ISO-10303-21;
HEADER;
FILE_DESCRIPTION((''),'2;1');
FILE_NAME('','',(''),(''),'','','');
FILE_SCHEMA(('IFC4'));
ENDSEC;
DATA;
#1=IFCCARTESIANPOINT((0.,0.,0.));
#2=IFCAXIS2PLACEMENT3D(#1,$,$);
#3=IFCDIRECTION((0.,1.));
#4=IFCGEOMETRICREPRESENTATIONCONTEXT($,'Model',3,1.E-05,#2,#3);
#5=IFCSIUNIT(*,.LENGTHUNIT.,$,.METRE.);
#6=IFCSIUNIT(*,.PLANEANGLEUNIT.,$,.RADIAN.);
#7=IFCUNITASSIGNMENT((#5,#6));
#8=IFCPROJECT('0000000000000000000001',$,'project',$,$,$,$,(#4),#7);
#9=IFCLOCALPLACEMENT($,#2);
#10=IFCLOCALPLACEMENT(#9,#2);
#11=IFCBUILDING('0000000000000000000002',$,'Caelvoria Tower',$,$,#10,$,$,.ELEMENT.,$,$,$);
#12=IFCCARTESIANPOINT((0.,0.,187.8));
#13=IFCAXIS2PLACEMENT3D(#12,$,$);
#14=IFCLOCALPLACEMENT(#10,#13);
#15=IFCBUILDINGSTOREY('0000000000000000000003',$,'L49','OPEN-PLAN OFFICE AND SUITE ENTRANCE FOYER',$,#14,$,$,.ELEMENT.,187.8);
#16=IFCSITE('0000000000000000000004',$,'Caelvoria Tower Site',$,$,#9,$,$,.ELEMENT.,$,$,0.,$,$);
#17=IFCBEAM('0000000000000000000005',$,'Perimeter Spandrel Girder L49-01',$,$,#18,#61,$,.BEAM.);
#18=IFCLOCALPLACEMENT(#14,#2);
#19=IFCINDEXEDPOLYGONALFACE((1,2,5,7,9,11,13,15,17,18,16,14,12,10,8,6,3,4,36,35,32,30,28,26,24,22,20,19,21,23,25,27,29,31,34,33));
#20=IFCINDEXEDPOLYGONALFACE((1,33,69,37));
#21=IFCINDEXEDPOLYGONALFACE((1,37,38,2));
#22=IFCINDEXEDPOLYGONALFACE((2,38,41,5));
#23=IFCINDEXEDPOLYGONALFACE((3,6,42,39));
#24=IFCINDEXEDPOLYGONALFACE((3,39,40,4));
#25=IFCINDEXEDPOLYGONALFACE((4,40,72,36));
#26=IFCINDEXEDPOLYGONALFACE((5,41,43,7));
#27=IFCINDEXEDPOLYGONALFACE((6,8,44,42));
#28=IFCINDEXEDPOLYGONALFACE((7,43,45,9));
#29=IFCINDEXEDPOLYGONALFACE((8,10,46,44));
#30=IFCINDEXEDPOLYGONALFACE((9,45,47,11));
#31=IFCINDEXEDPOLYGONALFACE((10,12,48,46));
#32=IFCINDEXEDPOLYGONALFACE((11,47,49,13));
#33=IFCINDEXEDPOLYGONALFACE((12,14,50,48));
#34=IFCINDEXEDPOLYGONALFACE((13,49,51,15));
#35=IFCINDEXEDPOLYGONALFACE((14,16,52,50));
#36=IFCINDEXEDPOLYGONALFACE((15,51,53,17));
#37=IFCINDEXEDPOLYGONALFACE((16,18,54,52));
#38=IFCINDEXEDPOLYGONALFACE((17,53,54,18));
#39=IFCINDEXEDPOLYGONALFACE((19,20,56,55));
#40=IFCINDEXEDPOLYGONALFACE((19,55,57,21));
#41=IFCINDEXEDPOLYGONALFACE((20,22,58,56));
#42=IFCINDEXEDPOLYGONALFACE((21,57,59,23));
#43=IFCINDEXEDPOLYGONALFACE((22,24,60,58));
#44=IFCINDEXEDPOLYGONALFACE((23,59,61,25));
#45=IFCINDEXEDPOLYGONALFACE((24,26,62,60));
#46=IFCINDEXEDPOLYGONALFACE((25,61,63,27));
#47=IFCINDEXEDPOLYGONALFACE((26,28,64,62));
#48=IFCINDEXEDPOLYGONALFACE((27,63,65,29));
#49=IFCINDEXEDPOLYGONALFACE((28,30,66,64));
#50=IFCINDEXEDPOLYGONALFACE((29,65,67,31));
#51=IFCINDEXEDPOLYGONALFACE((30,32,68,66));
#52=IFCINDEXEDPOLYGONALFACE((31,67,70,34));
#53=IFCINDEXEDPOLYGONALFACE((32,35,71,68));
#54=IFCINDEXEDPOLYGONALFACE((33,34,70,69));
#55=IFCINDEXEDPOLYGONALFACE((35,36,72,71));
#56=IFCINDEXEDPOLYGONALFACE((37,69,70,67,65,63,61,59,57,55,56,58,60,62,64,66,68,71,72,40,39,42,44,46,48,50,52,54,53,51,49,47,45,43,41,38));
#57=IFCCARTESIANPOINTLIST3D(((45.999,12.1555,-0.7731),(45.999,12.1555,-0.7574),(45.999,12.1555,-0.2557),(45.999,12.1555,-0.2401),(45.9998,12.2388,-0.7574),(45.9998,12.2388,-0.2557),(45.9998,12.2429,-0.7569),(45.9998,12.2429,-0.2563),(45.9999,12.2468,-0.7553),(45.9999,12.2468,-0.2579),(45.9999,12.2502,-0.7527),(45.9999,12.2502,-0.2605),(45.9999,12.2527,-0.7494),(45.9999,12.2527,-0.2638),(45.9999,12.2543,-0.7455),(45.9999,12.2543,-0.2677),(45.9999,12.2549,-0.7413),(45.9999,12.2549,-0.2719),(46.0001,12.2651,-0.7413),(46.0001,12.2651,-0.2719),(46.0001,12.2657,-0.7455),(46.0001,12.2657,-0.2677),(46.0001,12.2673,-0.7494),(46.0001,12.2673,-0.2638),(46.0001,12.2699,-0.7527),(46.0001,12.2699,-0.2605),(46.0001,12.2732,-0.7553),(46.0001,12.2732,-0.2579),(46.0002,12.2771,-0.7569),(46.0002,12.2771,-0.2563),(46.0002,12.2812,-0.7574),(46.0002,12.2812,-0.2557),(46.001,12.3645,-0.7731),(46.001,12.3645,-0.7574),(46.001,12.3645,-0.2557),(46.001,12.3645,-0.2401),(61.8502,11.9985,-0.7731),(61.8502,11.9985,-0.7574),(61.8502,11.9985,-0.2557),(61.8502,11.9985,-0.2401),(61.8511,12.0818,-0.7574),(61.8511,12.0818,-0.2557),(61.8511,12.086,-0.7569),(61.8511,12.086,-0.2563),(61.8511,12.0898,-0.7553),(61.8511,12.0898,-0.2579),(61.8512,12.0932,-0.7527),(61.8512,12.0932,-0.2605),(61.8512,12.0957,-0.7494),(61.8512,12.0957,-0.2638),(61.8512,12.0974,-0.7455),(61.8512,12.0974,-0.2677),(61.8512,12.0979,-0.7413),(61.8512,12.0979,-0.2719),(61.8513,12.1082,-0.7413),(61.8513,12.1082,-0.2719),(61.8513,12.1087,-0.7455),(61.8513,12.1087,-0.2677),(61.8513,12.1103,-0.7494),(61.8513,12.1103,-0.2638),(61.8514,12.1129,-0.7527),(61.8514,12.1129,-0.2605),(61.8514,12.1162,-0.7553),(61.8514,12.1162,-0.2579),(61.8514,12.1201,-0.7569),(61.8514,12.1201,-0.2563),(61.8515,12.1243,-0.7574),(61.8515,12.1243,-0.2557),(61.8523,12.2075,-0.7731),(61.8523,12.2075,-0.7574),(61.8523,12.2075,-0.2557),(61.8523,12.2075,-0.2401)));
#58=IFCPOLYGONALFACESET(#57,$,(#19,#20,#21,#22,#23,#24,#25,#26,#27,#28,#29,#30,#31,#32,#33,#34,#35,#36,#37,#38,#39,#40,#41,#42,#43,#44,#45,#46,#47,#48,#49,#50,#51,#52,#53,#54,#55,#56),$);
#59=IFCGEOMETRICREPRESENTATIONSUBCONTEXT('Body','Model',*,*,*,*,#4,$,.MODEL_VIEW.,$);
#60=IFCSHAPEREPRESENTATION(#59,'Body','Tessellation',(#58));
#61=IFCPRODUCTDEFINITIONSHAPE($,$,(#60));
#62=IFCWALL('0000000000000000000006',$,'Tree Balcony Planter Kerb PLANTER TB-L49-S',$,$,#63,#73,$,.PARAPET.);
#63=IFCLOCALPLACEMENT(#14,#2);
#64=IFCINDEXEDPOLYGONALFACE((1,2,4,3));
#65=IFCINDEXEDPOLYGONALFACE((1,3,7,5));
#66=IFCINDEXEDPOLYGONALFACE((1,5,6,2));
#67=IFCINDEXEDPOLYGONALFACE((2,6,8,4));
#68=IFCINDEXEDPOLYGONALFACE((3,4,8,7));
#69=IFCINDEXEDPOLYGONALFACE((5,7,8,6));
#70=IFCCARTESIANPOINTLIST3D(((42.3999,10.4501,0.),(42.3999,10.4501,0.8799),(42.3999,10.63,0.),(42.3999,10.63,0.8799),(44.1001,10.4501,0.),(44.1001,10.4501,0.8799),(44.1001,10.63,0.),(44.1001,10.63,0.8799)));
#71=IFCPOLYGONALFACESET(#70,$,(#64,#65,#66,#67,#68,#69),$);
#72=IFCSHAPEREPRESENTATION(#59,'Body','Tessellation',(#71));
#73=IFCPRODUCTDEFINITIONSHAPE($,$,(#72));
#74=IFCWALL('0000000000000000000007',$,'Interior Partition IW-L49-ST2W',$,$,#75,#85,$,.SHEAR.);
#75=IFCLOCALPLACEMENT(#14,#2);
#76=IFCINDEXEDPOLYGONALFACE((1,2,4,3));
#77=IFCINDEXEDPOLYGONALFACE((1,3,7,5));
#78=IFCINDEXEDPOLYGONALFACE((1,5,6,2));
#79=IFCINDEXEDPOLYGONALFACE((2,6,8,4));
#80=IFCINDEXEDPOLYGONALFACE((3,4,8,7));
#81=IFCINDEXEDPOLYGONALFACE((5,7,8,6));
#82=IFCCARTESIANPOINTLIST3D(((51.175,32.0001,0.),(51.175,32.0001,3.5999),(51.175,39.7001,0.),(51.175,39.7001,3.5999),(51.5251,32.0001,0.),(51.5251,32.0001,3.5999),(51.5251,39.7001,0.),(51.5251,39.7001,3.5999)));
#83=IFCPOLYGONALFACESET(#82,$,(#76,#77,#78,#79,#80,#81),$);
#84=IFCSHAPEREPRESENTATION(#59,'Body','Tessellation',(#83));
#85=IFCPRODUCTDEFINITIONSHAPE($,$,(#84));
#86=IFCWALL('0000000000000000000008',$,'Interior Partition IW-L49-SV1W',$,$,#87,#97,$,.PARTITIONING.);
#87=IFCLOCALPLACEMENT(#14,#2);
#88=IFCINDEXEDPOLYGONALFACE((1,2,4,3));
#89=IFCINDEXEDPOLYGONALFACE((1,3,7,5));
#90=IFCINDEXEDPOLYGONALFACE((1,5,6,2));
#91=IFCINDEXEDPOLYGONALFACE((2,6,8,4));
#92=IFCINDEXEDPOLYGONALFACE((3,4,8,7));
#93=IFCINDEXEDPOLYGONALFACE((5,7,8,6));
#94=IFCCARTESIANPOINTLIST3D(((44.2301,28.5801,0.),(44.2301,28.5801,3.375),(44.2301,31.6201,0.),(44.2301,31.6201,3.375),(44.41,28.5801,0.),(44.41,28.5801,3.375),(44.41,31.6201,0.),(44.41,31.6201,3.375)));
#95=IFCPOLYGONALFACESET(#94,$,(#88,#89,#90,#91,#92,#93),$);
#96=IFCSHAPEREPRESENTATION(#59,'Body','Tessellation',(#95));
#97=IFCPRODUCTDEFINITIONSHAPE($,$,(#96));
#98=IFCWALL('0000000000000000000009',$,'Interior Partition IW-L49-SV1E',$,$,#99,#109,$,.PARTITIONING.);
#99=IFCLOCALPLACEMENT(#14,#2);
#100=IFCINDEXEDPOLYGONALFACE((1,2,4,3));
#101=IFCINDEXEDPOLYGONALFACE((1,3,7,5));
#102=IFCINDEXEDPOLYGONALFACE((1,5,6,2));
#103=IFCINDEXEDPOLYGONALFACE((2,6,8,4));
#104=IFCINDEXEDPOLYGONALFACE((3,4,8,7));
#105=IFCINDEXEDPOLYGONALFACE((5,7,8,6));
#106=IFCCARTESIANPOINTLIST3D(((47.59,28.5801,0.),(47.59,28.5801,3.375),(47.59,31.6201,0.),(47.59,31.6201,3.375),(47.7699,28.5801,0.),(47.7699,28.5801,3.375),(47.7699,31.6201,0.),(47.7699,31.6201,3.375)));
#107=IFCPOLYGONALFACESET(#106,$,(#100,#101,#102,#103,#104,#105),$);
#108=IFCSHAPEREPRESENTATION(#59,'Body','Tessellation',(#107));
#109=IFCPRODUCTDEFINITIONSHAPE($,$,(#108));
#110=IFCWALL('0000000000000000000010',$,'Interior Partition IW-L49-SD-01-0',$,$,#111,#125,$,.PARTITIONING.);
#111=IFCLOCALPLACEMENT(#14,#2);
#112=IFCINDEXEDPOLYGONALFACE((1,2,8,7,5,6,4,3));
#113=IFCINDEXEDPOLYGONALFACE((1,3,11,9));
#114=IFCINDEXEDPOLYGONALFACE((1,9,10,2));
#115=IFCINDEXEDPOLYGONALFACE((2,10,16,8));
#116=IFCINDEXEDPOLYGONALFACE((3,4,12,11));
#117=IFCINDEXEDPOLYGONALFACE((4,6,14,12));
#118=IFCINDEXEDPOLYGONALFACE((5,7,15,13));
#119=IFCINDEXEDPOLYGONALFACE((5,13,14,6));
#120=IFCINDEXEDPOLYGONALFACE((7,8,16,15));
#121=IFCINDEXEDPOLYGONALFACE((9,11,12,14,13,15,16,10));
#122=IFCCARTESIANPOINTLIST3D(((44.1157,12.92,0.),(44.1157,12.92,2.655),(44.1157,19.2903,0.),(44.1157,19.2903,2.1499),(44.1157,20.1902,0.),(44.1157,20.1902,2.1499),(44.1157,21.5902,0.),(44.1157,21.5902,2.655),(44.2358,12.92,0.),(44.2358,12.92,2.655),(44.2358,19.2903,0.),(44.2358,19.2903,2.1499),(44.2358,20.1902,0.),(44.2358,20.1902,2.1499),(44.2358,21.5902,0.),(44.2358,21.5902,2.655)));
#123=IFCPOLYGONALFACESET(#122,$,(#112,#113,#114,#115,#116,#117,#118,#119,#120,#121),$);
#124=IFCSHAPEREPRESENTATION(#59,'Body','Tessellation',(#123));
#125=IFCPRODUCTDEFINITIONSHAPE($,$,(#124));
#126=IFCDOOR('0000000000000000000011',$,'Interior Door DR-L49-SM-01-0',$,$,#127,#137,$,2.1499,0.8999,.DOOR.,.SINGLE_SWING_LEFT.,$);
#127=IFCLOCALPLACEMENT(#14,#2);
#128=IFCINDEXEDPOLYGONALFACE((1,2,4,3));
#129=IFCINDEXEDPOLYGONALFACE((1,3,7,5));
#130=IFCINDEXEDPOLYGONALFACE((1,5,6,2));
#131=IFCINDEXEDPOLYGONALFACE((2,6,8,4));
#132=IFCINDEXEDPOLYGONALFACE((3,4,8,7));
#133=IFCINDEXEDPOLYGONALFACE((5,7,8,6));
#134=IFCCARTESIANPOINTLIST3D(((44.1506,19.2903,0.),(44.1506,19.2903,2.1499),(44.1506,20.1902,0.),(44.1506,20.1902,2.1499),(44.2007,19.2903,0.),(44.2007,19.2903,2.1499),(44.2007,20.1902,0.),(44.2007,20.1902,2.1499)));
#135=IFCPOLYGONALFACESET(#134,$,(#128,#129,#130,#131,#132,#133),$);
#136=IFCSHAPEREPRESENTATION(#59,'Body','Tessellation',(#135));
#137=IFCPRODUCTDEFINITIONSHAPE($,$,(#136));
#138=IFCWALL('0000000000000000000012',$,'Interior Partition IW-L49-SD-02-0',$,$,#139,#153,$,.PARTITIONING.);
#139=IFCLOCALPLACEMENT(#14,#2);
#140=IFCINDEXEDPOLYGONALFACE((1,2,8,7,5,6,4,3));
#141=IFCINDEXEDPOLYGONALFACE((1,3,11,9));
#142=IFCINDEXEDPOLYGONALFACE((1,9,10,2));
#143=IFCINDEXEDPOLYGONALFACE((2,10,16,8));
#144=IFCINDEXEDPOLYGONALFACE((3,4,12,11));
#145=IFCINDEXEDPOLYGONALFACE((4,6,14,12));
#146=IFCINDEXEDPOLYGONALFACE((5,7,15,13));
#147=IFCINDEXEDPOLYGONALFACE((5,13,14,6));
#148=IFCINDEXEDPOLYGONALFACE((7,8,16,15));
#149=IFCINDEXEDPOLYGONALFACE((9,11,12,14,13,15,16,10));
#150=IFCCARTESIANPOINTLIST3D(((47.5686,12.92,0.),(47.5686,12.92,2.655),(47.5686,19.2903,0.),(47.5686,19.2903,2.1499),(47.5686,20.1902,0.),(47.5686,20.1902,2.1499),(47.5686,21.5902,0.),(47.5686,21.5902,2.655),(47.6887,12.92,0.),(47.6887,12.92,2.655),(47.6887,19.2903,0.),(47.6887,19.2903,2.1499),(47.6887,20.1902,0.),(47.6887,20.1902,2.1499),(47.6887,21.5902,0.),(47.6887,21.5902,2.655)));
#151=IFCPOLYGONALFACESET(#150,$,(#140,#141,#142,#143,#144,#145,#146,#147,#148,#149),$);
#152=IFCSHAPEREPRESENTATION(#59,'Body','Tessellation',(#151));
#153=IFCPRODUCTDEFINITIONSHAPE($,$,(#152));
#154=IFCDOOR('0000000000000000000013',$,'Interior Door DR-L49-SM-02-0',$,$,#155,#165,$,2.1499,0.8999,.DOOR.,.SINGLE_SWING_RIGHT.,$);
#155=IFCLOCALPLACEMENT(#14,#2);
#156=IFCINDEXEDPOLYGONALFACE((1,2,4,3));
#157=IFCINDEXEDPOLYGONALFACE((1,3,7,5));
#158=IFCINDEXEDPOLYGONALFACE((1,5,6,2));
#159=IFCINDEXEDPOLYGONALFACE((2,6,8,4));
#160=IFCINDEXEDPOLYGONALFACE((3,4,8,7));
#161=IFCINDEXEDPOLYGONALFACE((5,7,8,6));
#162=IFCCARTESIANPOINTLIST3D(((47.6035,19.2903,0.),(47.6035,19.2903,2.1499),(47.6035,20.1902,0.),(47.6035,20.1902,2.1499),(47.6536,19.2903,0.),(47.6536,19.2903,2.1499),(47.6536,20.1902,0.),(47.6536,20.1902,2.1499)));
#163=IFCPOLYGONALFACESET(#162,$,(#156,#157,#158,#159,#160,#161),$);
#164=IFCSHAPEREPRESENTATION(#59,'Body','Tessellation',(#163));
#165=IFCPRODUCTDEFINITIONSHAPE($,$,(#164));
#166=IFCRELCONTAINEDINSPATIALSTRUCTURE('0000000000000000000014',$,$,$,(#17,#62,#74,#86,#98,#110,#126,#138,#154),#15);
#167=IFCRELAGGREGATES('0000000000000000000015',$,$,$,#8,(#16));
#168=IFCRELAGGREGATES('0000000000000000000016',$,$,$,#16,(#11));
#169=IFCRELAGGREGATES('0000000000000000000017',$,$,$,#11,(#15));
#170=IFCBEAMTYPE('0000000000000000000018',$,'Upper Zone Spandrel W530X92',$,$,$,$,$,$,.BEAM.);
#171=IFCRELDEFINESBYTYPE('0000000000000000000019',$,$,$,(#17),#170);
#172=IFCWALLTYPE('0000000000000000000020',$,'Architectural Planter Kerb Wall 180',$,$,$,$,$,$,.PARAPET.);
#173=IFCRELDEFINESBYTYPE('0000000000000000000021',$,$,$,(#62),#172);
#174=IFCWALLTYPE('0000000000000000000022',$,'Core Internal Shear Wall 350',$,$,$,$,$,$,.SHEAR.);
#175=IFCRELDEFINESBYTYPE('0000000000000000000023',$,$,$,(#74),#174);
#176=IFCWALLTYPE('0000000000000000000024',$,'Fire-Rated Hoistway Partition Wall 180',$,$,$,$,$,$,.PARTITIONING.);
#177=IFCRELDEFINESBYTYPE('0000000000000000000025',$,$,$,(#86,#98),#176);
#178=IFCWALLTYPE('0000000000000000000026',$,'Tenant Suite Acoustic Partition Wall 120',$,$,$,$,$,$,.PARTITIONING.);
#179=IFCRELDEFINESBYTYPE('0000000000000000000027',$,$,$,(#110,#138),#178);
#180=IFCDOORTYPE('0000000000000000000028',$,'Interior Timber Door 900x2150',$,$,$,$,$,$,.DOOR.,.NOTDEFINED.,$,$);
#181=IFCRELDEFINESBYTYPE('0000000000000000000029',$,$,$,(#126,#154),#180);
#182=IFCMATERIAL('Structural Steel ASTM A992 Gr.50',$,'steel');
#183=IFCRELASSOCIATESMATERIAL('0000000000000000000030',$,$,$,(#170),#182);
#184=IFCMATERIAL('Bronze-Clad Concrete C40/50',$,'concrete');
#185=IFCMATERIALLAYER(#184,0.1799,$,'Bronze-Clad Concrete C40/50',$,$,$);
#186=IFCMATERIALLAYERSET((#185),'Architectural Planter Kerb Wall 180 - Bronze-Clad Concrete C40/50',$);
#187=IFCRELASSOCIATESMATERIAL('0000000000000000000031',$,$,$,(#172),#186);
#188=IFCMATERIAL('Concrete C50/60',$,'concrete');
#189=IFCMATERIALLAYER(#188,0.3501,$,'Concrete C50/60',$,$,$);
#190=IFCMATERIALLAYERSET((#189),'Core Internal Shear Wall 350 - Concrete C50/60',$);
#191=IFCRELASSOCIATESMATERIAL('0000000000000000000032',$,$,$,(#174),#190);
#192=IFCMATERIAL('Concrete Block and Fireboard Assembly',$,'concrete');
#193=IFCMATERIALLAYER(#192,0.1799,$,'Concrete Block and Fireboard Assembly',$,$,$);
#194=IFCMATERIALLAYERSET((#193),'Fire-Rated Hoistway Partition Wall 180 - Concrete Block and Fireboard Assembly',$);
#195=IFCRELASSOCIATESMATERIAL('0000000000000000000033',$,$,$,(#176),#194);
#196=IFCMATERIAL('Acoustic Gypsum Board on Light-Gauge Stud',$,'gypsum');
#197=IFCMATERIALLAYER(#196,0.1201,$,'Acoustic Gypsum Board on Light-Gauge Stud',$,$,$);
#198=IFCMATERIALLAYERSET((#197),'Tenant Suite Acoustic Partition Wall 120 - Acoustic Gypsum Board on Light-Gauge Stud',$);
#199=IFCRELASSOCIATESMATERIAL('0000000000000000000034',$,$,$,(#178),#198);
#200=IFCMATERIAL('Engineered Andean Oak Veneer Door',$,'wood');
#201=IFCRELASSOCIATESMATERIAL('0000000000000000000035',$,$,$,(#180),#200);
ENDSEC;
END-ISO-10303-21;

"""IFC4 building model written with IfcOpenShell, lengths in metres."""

from ifc_helpers import new_model, si_unit, direction, frame, frame_2d, origin, origin_2d, place, context, subcontext, project, spatial, rectangle, i_section, extrude, material, layer, layer_set, material_profile, profile_set, type_object, element, fill, save


model = new_model("IFC4")

# Units and contexts
model_context = context("Model", 3, precision=1e-05, world=origin(), true_north=direction((0.0, 1.0)))
body_context = subcontext(model_context, "Body", "Model", "MODEL_VIEW")
ifc_project = project(units=[si_unit("LENGTHUNIT", "METRE"), si_unit("PLANEANGLEUNIT", "RADIAN")], contexts=[model_context])

# Site, building, storey
site_placement = place(None, origin())
site = spatial("IfcSite", under=ifc_project, at=site_placement, Name="Caelvoria Tower Site", CompositionType="ELEMENT", RefElevation=0.0)
building_placement = place(site_placement, origin())
building = spatial("IfcBuilding", under=site, at=building_placement, Name="Caelvoria Tower", CompositionType="ELEMENT")
storey_placement = place(building_placement, frame((0.0, 0.0, 187.8)))
storey = spatial("IfcBuildingStorey", under=building, at=storey_placement, Name="L49", Description="OPEN-PLAN OFFICE AND SUITE ENTRANCE FOYER", CompositionType="ELEMENT", Elevation=187.8)

# Shared definitions
ifc_material_1 = material(Name="Structural Steel ASTM A992 Gr.50", Category="steel")

# Beam
ifc_material_profile_1 = material_profile(ifc_material_1, i_section(OverallWidth=0.209, OverallDepth=0.533, WebThickness=0.0103, FlangeThickness=0.0156, FilletRadius=0.0161, at=origin_2d()), Name="Structural Steel ASTM A992 Gr.50")
ifc_profile_set_1 = profile_set([ifc_material_profile_1], Name="W530X92 - Structural Steel ASTM A992 Gr.50")
beam_type_1 = type_object("IfcBeamType", Name="Upper Zone Spandrel W530X92", PredefinedType="BEAM", material=ifc_profile_set_1)
beam_1_placement = place(storey_placement, frame((46.0, 12.26, -0.5066), z_axis=(0.999951, -0.009903, 0.0), x_axis=(0.009903, 0.999951, 0.0)))
element("IfcBeam", 1, at=beam_1_placement, inside=storey, type_object=beam_type_1, Name="Perimeter Spandrel Girder L49-01", PredefinedType="BEAM", context=body_context, shape_type="SweptSolid", body=[
    extrude(i_section(OverallWidth=0.209, OverallDepth=0.533, WebThickness=0.0103, FlangeThickness=0.0156, FilletRadius=0.0161, at=origin_2d()), origin(), (0.0, 0.0, 1.0), 15.8521),
])

# Walls
ifc_material_2 = material(Name="Bronze-Clad Concrete C40/50", Category="concrete")
ifc_layer_1 = layer(ifc_material_2, 0.1799, Name="Bronze-Clad Concrete C40/50")
ifc_layer_set_1 = layer_set([ifc_layer_1], Name="Architectural Planter Kerb Wall 180 - Bronze-Clad Concrete C40/50")
wall_type_1 = type_object("IfcWallType", Name="Architectural Planter Kerb Wall 180", PredefinedType="PARAPET", material=ifc_layer_set_1)
wall_1_placement = place(storey_placement, frame((42.3999, 10.54, 0.0), z_axis=(0.0, 0.0, 1.0), x_axis=(1.0, 0.0, 0.0)))
element("IfcWall", 2, at=wall_1_placement, inside=storey, type_object=wall_type_1, Name="Tree Balcony Planter Kerb PLANTER TB-L49-S", PredefinedType="PARAPET", context=body_context, shape_type="SweptSolid", body=[
    extrude(rectangle(XDim=1.7002, YDim=0.1799, at=frame_2d((0.8501, 0.0))), origin(), (0.0, 0.0, 1.0), 0.8799),
])
ifc_material_3 = material(Name="Concrete C50/60", Category="concrete")
ifc_layer_2 = layer(ifc_material_3, 0.3501, Name="Concrete C50/60")
ifc_layer_set_2 = layer_set([ifc_layer_2], Name="Core Internal Shear Wall 350 - Concrete C50/60")
wall_type_2 = type_object("IfcWallType", Name="Core Internal Shear Wall 350", PredefinedType="SHEAR", material=ifc_layer_set_2)
wall_2_placement = place(storey_placement, frame((51.3501, 32.0, 0.0), z_axis=(0.0, 0.0, 1.0), x_axis=(0.0, 1.0, 0.0)))
element("IfcWall", 3, at=wall_2_placement, inside=storey, type_object=wall_type_2, Name="Interior Partition IW-L49-ST2W", PredefinedType="SHEAR", context=body_context, shape_type="SweptSolid", body=[
    extrude(rectangle(XDim=7.7, YDim=0.3501, at=frame_2d((3.8501, 0.0))), origin(), (0.0, 0.0, 1.0), 3.5999),
])

# Walls
ifc_material_4 = material(Name="Concrete Block and Fireboard Assembly", Category="concrete")
ifc_layer_3 = layer(ifc_material_4, 0.1799, Name="Concrete Block and Fireboard Assembly")
ifc_layer_set_3 = layer_set([ifc_layer_3], Name="Fire-Rated Hoistway Partition Wall 180 - Concrete Block and Fireboard Assembly")
wall_type_3 = type_object("IfcWallType", Name="Fire-Rated Hoistway Partition Wall 180", PredefinedType="PARTITIONING", material=ifc_layer_set_3)
for number, where, z_axis, x_axis, name in (
    (4, (44.3201, 28.5801, 0.0), (0.0, 0.0, 1.0), (0.0, 1.0, 0.0), "Interior Partition IW-L49-SV1W"),
    (5, (47.6799, 28.5801, 0.0), (0.0, 0.0, 1.0), (0.0, 1.0, 0.0), "Interior Partition IW-L49-SV1E"),
):
    element("IfcWall", number, at=place(storey_placement, frame(where, z_axis=z_axis, x_axis=x_axis)), inside=storey, type_object=wall_type_3, Name=name, PredefinedType="PARTITIONING", context=body_context, shape_type="SweptSolid", body=[
        extrude(rectangle(XDim=3.04, YDim=0.1799, at=frame_2d((1.52, 0.0))), origin(), (0.0, 0.0, 1.0), 3.375),
    ])

# Walls, openings, doors
ifc_material_5 = material(Name="Acoustic Gypsum Board on Light-Gauge Stud", Category="gypsum")
ifc_layer_4 = layer(ifc_material_5, 0.1201, Name="Acoustic Gypsum Board on Light-Gauge Stud")
ifc_layer_set_4 = layer_set([ifc_layer_4], Name="Tenant Suite Acoustic Partition Wall 120 - Acoustic Gypsum Board on Light-Gauge Stud")
wall_type_4 = type_object("IfcWallType", Name="Tenant Suite Acoustic Partition Wall 120", PredefinedType="PARTITIONING", material=ifc_layer_set_4)
wall_3_placement = place(storey_placement, frame((44.1758, 21.5901, 0.0), z_axis=(0.0, 0.0, 1.0), x_axis=(0.0, -1.0, 0.0)))
wall_3 = element("IfcWall", 6, at=wall_3_placement, inside=storey, type_object=wall_type_4, Name="Interior Partition IW-L49-SD-01-0", PredefinedType="PARTITIONING", context=body_context, shape_type="SweptSolid", body=[
    extrude(rectangle(XDim=8.6702, YDim=0.1201, at=frame_2d((4.335, 0.0))), origin(), (0.0, 0.0, 1.0), 2.655),
])
opening_1_placement = place(wall_3_placement, frame((1.3999, 0.0, 0.0)))
opening_1 = element("IfcOpeningElement", 7, at=opening_1_placement, cuts=wall_3, PredefinedType="OPENING", context=body_context, shape_type="SweptSolid", body=[
    extrude(rectangle(XDim=0.8999, YDim=2.1499, at=frame_2d((0.45, 1.075))), frame((0.0, 0.0701, 0.0), z_axis=(0.0, -1.0, 0.0), x_axis=(1.0, 0.0, 0.0)), (0.0, 0.0, 1.0), 0.1401),
])
ifc_material_6 = material(Name="Engineered Andean Oak Veneer Door", Category="wood")
door_type_1 = type_object("IfcDoorType", Name="Interior Timber Door 900x2150", OperationType="NOTDEFINED", PredefinedType="DOOR", material=ifc_material_6)
door_1_placement = place(opening_1_placement, origin())
door_1 = element("IfcDoor", 8, at=door_1_placement, inside=storey, type_object=door_type_1, Name="Interior Door DR-L49-SM-01-0", OperationType="SINGLE_SWING_LEFT", OverallHeight=2.1499, OverallWidth=0.8999, PredefinedType="DOOR", context=body_context, shape_type="SweptSolid", body=[
    extrude(rectangle(XDim=0.8999, YDim=2.1499, at=frame_2d((0.45, 1.075))), frame((0.0, 0.0249, 0.0), z_axis=(0.0, -1.0, 0.0), x_axis=(1.0, 0.0, 0.0)), (0.0, 0.0, 1.0), 0.05),
])
fill(opening_1, door_1)
wall_4_placement = place(storey_placement, frame((47.6287, 21.5901, 0.0), z_axis=(0.0, 0.0, 1.0), x_axis=(0.0, -1.0, 0.0)))
wall_4 = element("IfcWall", 9, at=wall_4_placement, inside=storey, type_object=wall_type_4, Name="Interior Partition IW-L49-SD-02-0", PredefinedType="PARTITIONING", context=body_context, shape_type="SweptSolid", body=[
    extrude(rectangle(XDim=8.6702, YDim=0.1201, at=frame_2d((4.335, 0.0))), origin(), (0.0, 0.0, 1.0), 2.655),
])
opening_2_placement = place(wall_4_placement, frame((1.3999, 0.0, 0.0)))
opening_2 = element("IfcOpeningElement", 10, at=opening_2_placement, cuts=wall_4, PredefinedType="OPENING", context=body_context, shape_type="SweptSolid", body=[
    extrude(rectangle(XDim=0.8999, YDim=2.1499, at=frame_2d((0.45, 1.075))), frame((0.0, 0.0701, 0.0), z_axis=(0.0, -1.0, 0.0), x_axis=(1.0, 0.0, 0.0)), (0.0, 0.0, 1.0), 0.1401),
])
door_2_placement = place(opening_2_placement, origin())
door_2 = element("IfcDoor", 11, at=door_2_placement, inside=storey, type_object=door_type_1, Name="Interior Door DR-L49-SM-02-0", OperationType="SINGLE_SWING_RIGHT", OverallHeight=2.1499, OverallWidth=0.8999, PredefinedType="DOOR", context=body_context, shape_type="SweptSolid", body=[
    extrude(rectangle(XDim=0.8999, YDim=2.1499, at=frame_2d((0.45, 1.075))), frame((0.0, 0.0249, 0.0), z_axis=(0.0, -1.0, 0.0), x_axis=(1.0, 0.0, 0.0)), (0.0, 0.0, 1.0), 0.05),
])
fill(opening_2, door_2)

save(model, "model.ifc")
